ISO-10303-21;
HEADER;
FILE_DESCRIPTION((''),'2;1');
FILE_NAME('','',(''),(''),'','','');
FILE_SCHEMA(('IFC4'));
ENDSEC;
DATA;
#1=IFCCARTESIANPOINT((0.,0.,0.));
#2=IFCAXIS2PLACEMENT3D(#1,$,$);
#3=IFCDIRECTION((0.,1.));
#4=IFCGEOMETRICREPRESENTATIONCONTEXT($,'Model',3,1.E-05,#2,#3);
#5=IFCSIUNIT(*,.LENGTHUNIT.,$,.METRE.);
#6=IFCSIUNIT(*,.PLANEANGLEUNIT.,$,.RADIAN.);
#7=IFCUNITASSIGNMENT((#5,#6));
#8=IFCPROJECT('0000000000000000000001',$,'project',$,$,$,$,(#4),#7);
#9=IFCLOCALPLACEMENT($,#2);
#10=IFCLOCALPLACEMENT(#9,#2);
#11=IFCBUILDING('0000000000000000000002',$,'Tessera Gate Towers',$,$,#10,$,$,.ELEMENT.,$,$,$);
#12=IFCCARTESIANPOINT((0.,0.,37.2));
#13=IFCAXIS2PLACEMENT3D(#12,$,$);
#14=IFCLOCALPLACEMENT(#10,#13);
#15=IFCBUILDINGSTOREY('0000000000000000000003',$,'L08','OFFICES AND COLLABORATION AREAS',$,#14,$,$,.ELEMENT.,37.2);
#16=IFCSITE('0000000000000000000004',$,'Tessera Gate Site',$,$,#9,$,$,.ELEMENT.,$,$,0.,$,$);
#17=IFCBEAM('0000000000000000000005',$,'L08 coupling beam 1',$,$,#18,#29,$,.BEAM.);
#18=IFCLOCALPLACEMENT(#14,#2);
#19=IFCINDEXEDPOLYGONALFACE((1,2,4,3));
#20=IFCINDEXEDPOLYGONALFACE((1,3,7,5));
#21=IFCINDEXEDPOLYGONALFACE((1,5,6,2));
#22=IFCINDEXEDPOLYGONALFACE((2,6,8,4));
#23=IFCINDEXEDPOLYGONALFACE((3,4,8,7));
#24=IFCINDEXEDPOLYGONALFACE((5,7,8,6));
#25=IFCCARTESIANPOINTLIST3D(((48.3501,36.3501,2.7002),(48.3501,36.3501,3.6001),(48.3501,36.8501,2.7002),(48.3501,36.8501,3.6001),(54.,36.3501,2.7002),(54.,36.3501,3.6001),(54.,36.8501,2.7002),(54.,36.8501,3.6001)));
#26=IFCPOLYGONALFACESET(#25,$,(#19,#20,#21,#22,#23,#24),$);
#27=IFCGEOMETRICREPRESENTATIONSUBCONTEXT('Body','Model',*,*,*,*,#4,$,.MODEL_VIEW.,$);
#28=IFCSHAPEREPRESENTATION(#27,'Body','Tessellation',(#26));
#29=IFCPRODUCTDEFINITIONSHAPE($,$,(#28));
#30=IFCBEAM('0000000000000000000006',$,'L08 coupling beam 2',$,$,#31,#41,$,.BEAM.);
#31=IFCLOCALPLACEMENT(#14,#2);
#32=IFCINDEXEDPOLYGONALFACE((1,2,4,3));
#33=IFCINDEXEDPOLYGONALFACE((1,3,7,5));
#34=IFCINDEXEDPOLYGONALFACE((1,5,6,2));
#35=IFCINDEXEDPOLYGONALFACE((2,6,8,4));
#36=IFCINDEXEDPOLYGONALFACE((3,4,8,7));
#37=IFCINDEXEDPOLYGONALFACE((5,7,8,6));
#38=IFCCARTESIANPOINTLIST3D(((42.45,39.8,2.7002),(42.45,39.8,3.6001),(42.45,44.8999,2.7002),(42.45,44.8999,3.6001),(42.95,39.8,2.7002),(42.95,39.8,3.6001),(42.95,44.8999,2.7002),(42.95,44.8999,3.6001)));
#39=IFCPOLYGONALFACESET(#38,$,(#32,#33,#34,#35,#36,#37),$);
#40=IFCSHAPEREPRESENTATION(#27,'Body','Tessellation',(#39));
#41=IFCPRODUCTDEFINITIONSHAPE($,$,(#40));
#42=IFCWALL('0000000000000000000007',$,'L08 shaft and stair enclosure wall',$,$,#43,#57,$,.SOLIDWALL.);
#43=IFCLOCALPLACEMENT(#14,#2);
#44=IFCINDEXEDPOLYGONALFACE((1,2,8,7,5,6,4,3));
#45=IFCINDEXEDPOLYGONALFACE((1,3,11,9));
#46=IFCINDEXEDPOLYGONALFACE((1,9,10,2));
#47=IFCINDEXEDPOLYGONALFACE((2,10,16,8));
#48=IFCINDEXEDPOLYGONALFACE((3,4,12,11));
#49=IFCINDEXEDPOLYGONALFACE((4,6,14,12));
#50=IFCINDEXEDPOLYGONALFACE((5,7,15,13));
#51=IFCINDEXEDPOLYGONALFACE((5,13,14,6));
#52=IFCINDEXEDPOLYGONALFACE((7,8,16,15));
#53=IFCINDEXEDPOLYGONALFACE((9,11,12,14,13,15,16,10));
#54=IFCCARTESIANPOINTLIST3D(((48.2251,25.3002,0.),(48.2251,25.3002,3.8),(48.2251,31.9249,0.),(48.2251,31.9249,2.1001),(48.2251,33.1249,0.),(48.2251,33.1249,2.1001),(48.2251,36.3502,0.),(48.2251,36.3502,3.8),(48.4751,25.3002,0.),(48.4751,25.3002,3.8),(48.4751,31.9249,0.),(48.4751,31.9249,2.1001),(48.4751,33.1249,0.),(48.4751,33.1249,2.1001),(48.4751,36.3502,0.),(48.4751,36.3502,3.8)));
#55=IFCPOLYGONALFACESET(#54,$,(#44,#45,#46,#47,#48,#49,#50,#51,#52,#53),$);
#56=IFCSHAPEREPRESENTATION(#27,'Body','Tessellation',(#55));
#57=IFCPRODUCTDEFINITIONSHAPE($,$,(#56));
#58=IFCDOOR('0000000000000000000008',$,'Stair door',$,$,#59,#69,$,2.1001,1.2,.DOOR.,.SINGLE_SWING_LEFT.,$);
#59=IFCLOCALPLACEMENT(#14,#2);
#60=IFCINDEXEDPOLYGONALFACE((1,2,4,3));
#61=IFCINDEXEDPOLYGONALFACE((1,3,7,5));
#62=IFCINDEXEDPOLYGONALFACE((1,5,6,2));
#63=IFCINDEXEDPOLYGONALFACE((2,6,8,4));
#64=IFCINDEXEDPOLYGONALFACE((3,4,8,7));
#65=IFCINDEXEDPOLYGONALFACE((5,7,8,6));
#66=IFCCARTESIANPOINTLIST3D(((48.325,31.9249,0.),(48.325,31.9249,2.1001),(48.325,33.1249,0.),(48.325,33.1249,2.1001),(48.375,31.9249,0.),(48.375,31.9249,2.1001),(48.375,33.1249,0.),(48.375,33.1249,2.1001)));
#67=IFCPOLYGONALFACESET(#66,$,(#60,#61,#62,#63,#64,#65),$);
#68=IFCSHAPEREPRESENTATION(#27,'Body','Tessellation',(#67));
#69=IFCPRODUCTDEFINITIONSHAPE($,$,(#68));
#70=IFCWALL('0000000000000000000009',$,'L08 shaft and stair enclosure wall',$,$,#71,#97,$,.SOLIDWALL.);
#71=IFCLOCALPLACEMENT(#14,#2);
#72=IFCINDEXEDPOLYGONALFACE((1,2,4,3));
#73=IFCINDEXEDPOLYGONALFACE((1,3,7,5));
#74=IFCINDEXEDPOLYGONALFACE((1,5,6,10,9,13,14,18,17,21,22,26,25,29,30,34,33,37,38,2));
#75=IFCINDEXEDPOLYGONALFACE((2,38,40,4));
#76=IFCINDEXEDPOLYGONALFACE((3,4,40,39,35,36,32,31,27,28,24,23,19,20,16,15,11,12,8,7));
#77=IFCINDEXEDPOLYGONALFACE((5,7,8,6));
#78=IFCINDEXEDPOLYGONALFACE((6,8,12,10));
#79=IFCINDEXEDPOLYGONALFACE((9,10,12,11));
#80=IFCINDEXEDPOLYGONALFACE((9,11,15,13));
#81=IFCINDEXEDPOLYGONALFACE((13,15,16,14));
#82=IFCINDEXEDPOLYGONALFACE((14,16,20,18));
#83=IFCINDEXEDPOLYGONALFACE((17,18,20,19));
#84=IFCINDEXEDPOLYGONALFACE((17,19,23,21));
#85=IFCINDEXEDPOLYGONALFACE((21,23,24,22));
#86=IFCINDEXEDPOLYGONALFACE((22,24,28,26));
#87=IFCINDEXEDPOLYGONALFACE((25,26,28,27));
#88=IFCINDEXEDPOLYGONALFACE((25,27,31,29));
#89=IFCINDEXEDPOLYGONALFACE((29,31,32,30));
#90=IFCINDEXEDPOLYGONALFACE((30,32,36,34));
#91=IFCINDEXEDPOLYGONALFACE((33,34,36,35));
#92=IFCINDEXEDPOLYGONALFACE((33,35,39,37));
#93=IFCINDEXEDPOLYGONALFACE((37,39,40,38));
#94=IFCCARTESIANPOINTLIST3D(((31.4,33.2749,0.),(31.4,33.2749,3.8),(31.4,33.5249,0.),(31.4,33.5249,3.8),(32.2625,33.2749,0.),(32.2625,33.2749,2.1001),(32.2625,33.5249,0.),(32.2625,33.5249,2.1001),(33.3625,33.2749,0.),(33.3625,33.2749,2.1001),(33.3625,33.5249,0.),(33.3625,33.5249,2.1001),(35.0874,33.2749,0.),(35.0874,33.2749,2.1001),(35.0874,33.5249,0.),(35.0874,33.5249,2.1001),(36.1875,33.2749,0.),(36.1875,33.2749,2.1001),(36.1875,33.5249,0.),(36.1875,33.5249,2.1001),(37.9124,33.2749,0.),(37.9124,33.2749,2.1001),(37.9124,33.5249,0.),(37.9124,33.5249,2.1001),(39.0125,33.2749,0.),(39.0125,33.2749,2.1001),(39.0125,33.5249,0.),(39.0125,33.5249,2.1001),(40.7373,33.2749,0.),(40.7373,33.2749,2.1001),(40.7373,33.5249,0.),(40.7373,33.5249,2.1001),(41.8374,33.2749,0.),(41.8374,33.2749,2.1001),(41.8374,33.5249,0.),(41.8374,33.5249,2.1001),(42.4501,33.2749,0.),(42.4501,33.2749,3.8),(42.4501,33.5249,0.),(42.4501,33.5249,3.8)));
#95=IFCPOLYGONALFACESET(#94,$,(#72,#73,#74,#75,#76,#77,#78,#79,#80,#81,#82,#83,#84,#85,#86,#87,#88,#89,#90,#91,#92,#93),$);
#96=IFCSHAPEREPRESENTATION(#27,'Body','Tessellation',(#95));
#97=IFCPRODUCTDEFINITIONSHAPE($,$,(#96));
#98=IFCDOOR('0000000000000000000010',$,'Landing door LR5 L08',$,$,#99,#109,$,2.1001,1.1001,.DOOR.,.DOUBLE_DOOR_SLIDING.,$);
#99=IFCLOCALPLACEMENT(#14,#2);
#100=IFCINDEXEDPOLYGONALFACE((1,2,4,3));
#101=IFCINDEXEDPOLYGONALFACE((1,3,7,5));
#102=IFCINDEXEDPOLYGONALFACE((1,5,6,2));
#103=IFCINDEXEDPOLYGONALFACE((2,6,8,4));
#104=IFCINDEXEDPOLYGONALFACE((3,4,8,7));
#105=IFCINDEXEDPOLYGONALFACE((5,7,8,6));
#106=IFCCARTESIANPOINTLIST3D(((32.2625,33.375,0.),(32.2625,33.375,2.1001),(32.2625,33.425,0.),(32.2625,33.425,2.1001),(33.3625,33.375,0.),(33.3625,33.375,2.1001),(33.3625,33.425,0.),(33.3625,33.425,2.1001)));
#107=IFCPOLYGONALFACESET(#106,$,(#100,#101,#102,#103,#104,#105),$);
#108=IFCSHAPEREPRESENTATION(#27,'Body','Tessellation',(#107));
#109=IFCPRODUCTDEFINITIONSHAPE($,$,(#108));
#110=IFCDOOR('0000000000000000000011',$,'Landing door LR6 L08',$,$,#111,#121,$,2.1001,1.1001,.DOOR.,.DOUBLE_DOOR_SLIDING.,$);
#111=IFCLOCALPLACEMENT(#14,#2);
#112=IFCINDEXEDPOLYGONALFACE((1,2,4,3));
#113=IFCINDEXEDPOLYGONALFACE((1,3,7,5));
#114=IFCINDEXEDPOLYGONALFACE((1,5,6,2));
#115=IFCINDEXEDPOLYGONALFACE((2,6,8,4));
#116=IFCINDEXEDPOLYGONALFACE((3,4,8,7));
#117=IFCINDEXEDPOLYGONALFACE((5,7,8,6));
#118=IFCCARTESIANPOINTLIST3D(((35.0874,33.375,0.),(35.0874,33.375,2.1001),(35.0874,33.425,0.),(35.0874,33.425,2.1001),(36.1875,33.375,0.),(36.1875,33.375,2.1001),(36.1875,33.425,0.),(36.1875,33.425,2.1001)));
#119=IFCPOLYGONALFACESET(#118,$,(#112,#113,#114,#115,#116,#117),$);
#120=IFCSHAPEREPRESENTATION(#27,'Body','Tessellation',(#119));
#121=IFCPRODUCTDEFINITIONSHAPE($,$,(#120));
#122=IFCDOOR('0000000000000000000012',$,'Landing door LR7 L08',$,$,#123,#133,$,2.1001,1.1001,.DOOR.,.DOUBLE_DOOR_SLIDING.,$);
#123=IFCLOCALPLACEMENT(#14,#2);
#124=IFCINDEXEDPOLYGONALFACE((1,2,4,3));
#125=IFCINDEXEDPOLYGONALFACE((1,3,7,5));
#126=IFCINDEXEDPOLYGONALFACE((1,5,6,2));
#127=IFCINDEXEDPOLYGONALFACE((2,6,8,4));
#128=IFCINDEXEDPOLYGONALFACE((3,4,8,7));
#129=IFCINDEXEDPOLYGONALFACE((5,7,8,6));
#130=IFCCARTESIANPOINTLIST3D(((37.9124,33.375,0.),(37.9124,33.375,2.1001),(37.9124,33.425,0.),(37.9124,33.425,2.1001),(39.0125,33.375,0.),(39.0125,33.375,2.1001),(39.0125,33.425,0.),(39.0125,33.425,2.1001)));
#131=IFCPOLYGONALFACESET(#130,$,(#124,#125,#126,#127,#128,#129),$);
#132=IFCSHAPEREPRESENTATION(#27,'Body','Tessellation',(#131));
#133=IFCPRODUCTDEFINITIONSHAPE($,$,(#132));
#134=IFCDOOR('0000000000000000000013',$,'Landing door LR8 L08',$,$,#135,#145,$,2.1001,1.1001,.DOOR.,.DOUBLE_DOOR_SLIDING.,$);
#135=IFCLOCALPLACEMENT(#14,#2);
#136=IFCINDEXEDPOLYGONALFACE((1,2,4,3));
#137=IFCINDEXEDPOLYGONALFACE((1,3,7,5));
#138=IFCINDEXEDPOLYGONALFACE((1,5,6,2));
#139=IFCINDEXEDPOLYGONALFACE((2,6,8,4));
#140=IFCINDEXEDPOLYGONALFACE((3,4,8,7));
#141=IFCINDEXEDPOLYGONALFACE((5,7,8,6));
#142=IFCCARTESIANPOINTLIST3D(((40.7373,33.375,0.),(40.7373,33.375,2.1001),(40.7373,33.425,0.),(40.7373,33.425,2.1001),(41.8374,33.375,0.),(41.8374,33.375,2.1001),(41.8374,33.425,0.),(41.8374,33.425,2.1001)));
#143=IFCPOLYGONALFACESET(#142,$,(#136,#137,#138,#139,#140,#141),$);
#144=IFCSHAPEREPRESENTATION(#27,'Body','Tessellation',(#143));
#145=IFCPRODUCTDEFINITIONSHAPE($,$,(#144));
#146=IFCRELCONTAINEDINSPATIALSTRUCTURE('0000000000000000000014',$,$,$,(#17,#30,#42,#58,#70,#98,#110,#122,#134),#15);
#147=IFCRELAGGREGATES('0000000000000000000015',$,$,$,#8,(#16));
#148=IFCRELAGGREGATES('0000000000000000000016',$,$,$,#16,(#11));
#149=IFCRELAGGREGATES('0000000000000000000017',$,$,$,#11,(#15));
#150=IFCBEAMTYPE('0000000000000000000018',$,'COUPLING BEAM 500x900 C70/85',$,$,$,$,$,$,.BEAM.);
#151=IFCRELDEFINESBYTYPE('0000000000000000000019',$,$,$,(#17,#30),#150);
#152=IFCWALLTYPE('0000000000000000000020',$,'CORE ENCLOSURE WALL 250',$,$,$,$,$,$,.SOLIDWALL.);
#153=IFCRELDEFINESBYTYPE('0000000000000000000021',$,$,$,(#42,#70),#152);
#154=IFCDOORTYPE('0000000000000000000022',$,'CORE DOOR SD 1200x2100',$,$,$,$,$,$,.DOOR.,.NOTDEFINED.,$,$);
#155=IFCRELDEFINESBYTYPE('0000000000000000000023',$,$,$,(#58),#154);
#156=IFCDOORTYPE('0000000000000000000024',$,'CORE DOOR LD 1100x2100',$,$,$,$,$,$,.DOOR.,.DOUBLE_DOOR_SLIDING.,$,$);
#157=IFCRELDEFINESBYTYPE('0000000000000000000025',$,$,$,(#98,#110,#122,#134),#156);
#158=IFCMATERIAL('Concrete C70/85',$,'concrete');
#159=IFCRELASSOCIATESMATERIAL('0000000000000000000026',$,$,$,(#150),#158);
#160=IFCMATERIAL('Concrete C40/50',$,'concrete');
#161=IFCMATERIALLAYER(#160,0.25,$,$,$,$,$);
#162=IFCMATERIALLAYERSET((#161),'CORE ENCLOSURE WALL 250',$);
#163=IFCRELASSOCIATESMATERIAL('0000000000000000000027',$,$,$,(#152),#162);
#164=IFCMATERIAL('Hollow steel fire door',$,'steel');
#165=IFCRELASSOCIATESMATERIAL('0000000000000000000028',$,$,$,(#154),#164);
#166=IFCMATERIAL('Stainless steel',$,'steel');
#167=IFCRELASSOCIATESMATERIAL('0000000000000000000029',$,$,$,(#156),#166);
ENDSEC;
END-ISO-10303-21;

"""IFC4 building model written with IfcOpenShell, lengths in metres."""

from ifc_helpers import new_model, si_unit, direction, frame, frame_2d, origin, origin_2d, place, context, subcontext, project, spatial, rectangle, extrude, source, transform, mapped, material, layer, layer_set, material_profile, profile_set, type_object, element, fill, save


model = new_model("IFC4")

# Units and contexts
model_context = context("Model", 3, precision=1e-05, world=origin(), true_north=direction((0.0, 1.0)))
body_context = subcontext(model_context, "Body", "Model", "MODEL_VIEW")
ifc_project = project(units=[si_unit("LENGTHUNIT", "METRE"), si_unit("PLANEANGLEUNIT", "RADIAN")], contexts=[model_context])

# Site, building, storey
site_placement = place(None, origin())
site = spatial("IfcSite", under=ifc_project, at=site_placement, Name="Tessera Gate Site", CompositionType="ELEMENT", RefElevation=0.0)
building_placement = place(site_placement, origin())
building = spatial("IfcBuilding", under=site, at=building_placement, Name="Tessera Gate Towers", CompositionType="ELEMENT")
storey_placement = place(building_placement, frame((0.0, 0.0, 37.2)))
storey = spatial("IfcBuildingStorey", under=building, at=storey_placement, Name="L08", Description="OFFICES AND COLLABORATION AREAS", CompositionType="ELEMENT", Elevation=37.2)

# Beams
ifc_material_1 = material(Name="Concrete C70/85", Category="concrete")
ifc_material_profile = material_profile(ifc_material_1, rectangle(XDim=0.5, YDim=0.8999, at=origin_2d()), Name="RC 500x900")
ifc_profile_set = profile_set([ifc_material_profile], Name="Concrete C70/85")
beam_type = type_object("IfcBeamType", Name="COUPLING BEAM 500x900 C70/85", PredefinedType="BEAM", material=ifc_profile_set)
beam_1_placement = place(storey_placement, frame((48.3501, 36.6001, 3.1501), z_axis=(1.0, 0.0, 0.0), x_axis=(0.0, 1.0, 0.0)))
element("IfcBeam", 1, at=beam_1_placement, inside=storey, type_object=beam_type, Name="L08 coupling beam 1", PredefinedType="BEAM", context=body_context, shape_type="SweptSolid", body=[
    extrude(rectangle(XDim=0.5, YDim=0.8999, at=origin_2d()), origin(), (0.0, 0.0, 1.0), 5.6499),
])
beam_2_placement = place(storey_placement, frame((42.7, 39.8, 3.1501), z_axis=(0.0, 1.0, 0.0), x_axis=(-1.0, 0.0, 0.0)))
element("IfcBeam", 2, at=beam_2_placement, inside=storey, type_object=beam_type, Name="L08 coupling beam 2", PredefinedType="BEAM", context=body_context, shape_type="SweptSolid", body=[
    extrude(rectangle(XDim=0.5, YDim=0.8999, at=origin_2d()), origin(), (0.0, 0.0, 1.0), 5.0999),
])

# Wall, opening, door
ifc_material_2 = material(Name="Concrete C40/50", Category="concrete")
ifc_layer_1 = layer(ifc_material_2, 0.25)
ifc_layer_set_1 = layer_set([ifc_layer_1], Name="CORE ENCLOSURE WALL 250")
wall_type_1 = type_object("IfcWallType", Name="CORE ENCLOSURE WALL 250", PredefinedType="SOLIDWALL", material=ifc_layer_set_1)
wall_1_placement = place(storey_placement, frame((48.3501, 36.3501, 0.0), z_axis=(0.0, 0.0, 1.0), x_axis=(0.0, -1.0, 0.0)))
wall_1 = element("IfcWall", 3, at=wall_1_placement, inside=storey, type_object=wall_type_1, Name="L08 shaft and stair enclosure wall", PredefinedType="SOLIDWALL", context=body_context, shape_type="SweptSolid", body=[
    extrude(rectangle(XDim=11.05, YDim=0.25, at=frame_2d((5.5249, 0.0))), origin(), (0.0, 0.0, 1.0), 3.8),
])
shared_shape_1 = source(origin(), body_context, "Body", "SweptSolid", [
    extrude(rectangle(XDim=1.2, YDim=2.1001, at=frame_2d((0.6001, 1.05))), frame((0.0, 0.135, 0.0), z_axis=(0.0, -1.0, 0.0), x_axis=(1.0, 0.0, 0.0)), (0.0, 0.0, 1.0), 0.27),
])
opening_1_placement = place(wall_1_placement, frame((3.2251, 0.0, 0.0)))
opening_1 = element("IfcOpeningElement", 4, at=opening_1_placement, cuts=wall_1, PredefinedType="OPENING", context=body_context, shape_type="MappedRepresentation", body=[
    mapped(shared_shape_1, transform((0.0, 0.0, 0.0), scale=1.0)),
])
ifc_material_3 = material(Name="Hollow steel fire door", Category="steel")
door_type_1 = type_object("IfcDoorType", Name="CORE DOOR SD 1200x2100", OperationType="NOTDEFINED", PredefinedType="DOOR", material=ifc_material_3)
shared_shape_2 = source(origin(), body_context, "Body", "SweptSolid", [
    extrude(rectangle(XDim=1.2, YDim=2.1001, at=frame_2d((0.6001, 1.05))), frame((0.0, 0.0249, 0.0), z_axis=(0.0, -1.0, 0.0), x_axis=(1.0, 0.0, 0.0)), (0.0, 0.0, 1.0), 0.05),
])
door_1_placement = place(opening_1_placement, origin())
door_1 = element("IfcDoor", 5, at=door_1_placement, inside=storey, type_object=door_type_1, Name="Stair door", OperationType="SINGLE_SWING_LEFT", OverallHeight=2.1001, OverallWidth=1.2, PredefinedType="DOOR", context=body_context, shape_type="MappedRepresentation", body=[
    mapped(shared_shape_2, transform((0.0, 0.0, 0.0), scale=1.0)),
])
fill(opening_1, door_1)

# Wall, openings, doors
wall_2_placement = place(storey_placement, frame((42.45, 33.3999, 0.0), z_axis=(0.0, 0.0, 1.0), x_axis=(-1.0, 0.0, 0.0)))
wall_2 = element("IfcWall", 6, at=wall_2_placement, inside=storey, type_object=wall_type_1, Name="L08 shaft and stair enclosure wall", PredefinedType="SOLIDWALL", context=body_context, shape_type="SweptSolid", body=[
    extrude(rectangle(XDim=11.05, YDim=0.25, at=frame_2d((5.5249, 0.0))), origin(), (0.0, 0.0, 1.0), 3.8),
])
shared_shape_3 = source(origin(), body_context, "Body", "SweptSolid", [
    extrude(rectangle(XDim=1.1001, YDim=2.1001, at=frame_2d((0.55, 1.05))), frame((0.0, 0.135, 0.0), z_axis=(0.0, -1.0, 0.0), x_axis=(1.0, 0.0, 0.0)), (0.0, 0.0, 1.0), 0.27),
])
opening_2_placement = place(wall_2_placement, frame((9.0874, 0.0, 0.0)))
opening_2 = element("IfcOpeningElement", 7, at=opening_2_placement, cuts=wall_2, PredefinedType="OPENING", context=body_context, shape_type="MappedRepresentation", body=[
    mapped(shared_shape_3, transform((0.0, 0.0, 0.0), scale=1.0)),
])
opening_3_placement = place(wall_2_placement, frame((6.2625, 0.0, 0.0)))
opening_3 = element("IfcOpeningElement", 8, at=opening_3_placement, cuts=wall_2, PredefinedType="OPENING", context=body_context, shape_type="MappedRepresentation", body=[
    mapped(shared_shape_3, transform((0.0, 0.0, 0.0), scale=1.0)),
])
opening_4_placement = place(wall_2_placement, frame((3.4375, 0.0, 0.0)))
opening_4 = element("IfcOpeningElement", 9, at=opening_4_placement, cuts=wall_2, PredefinedType="OPENING", context=body_context, shape_type="MappedRepresentation", body=[
    mapped(shared_shape_3, transform((0.0, 0.0, 0.0), scale=1.0)),
])
opening_5_placement = place(wall_2_placement, frame((0.6125, 0.0, 0.0)))
opening_5 = element("IfcOpeningElement", 10, at=opening_5_placement, cuts=wall_2, PredefinedType="OPENING", context=body_context, shape_type="MappedRepresentation", body=[
    mapped(shared_shape_3, transform((0.0, 0.0, 0.0), scale=1.0)),
])
ifc_material_4 = material(Name="Stainless steel", Category="steel")
door_type_2 = type_object("IfcDoorType", Name="CORE DOOR LD 1100x2100", OperationType="DOUBLE_DOOR_SLIDING", PredefinedType="DOOR", material=ifc_material_4)
shared_shape_4 = source(origin(), body_context, "Body", "SweptSolid", [
    extrude(rectangle(XDim=1.1001, YDim=2.1001, at=frame_2d((0.55, 1.05))), frame((0.0, 0.0249, 0.0), z_axis=(0.0, -1.0, 0.0), x_axis=(1.0, 0.0, 0.0)), (0.0, 0.0, 1.0), 0.05),
])
door_2_placement = place(opening_2_placement, origin())
door_2 = element("IfcDoor", 11, at=door_2_placement, inside=storey, type_object=door_type_2, Name="Landing door LR5 L08", OperationType="DOUBLE_DOOR_SLIDING", OverallHeight=2.1001, OverallWidth=1.1001, PredefinedType="DOOR", context=body_context, shape_type="MappedRepresentation", body=[
    mapped(shared_shape_4, transform((0.0, 0.0, 0.0), scale=1.0)),
])
fill(opening_2, door_2)
door_3_placement = place(opening_3_placement, origin())
door_3 = element("IfcDoor", 12, at=door_3_placement, inside=storey, type_object=door_type_2, Name="Landing door LR6 L08", OperationType="DOUBLE_DOOR_SLIDING", OverallHeight=2.1001, OverallWidth=1.1001, PredefinedType="DOOR", context=body_context, shape_type="MappedRepresentation", body=[
    mapped(shared_shape_4, transform((0.0, 0.0, 0.0), scale=1.0)),
])
fill(opening_3, door_3)
door_4_placement = place(opening_4_placement, origin())
door_4 = element("IfcDoor", 13, at=door_4_placement, inside=storey, type_object=door_type_2, Name="Landing door LR7 L08", OperationType="DOUBLE_DOOR_SLIDING", OverallHeight=2.1001, OverallWidth=1.1001, PredefinedType="DOOR", context=body_context, shape_type="MappedRepresentation", body=[
    mapped(shared_shape_4, transform((0.0, 0.0, 0.0), scale=1.0)),
])
fill(opening_4, door_4)
door_5_placement = place(opening_5_placement, origin())
door_5 = element("IfcDoor", 14, at=door_5_placement, inside=storey, type_object=door_type_2, Name="Landing door LR8 L08", OperationType="DOUBLE_DOOR_SLIDING", OverallHeight=2.1001, OverallWidth=1.1001, PredefinedType="DOOR", context=body_context, shape_type="MappedRepresentation", body=[
    mapped(shared_shape_4, transform((0.0, 0.0, 0.0), scale=1.0)),
])
fill(opening_5, door_5)

save(model, "model.ifc")
